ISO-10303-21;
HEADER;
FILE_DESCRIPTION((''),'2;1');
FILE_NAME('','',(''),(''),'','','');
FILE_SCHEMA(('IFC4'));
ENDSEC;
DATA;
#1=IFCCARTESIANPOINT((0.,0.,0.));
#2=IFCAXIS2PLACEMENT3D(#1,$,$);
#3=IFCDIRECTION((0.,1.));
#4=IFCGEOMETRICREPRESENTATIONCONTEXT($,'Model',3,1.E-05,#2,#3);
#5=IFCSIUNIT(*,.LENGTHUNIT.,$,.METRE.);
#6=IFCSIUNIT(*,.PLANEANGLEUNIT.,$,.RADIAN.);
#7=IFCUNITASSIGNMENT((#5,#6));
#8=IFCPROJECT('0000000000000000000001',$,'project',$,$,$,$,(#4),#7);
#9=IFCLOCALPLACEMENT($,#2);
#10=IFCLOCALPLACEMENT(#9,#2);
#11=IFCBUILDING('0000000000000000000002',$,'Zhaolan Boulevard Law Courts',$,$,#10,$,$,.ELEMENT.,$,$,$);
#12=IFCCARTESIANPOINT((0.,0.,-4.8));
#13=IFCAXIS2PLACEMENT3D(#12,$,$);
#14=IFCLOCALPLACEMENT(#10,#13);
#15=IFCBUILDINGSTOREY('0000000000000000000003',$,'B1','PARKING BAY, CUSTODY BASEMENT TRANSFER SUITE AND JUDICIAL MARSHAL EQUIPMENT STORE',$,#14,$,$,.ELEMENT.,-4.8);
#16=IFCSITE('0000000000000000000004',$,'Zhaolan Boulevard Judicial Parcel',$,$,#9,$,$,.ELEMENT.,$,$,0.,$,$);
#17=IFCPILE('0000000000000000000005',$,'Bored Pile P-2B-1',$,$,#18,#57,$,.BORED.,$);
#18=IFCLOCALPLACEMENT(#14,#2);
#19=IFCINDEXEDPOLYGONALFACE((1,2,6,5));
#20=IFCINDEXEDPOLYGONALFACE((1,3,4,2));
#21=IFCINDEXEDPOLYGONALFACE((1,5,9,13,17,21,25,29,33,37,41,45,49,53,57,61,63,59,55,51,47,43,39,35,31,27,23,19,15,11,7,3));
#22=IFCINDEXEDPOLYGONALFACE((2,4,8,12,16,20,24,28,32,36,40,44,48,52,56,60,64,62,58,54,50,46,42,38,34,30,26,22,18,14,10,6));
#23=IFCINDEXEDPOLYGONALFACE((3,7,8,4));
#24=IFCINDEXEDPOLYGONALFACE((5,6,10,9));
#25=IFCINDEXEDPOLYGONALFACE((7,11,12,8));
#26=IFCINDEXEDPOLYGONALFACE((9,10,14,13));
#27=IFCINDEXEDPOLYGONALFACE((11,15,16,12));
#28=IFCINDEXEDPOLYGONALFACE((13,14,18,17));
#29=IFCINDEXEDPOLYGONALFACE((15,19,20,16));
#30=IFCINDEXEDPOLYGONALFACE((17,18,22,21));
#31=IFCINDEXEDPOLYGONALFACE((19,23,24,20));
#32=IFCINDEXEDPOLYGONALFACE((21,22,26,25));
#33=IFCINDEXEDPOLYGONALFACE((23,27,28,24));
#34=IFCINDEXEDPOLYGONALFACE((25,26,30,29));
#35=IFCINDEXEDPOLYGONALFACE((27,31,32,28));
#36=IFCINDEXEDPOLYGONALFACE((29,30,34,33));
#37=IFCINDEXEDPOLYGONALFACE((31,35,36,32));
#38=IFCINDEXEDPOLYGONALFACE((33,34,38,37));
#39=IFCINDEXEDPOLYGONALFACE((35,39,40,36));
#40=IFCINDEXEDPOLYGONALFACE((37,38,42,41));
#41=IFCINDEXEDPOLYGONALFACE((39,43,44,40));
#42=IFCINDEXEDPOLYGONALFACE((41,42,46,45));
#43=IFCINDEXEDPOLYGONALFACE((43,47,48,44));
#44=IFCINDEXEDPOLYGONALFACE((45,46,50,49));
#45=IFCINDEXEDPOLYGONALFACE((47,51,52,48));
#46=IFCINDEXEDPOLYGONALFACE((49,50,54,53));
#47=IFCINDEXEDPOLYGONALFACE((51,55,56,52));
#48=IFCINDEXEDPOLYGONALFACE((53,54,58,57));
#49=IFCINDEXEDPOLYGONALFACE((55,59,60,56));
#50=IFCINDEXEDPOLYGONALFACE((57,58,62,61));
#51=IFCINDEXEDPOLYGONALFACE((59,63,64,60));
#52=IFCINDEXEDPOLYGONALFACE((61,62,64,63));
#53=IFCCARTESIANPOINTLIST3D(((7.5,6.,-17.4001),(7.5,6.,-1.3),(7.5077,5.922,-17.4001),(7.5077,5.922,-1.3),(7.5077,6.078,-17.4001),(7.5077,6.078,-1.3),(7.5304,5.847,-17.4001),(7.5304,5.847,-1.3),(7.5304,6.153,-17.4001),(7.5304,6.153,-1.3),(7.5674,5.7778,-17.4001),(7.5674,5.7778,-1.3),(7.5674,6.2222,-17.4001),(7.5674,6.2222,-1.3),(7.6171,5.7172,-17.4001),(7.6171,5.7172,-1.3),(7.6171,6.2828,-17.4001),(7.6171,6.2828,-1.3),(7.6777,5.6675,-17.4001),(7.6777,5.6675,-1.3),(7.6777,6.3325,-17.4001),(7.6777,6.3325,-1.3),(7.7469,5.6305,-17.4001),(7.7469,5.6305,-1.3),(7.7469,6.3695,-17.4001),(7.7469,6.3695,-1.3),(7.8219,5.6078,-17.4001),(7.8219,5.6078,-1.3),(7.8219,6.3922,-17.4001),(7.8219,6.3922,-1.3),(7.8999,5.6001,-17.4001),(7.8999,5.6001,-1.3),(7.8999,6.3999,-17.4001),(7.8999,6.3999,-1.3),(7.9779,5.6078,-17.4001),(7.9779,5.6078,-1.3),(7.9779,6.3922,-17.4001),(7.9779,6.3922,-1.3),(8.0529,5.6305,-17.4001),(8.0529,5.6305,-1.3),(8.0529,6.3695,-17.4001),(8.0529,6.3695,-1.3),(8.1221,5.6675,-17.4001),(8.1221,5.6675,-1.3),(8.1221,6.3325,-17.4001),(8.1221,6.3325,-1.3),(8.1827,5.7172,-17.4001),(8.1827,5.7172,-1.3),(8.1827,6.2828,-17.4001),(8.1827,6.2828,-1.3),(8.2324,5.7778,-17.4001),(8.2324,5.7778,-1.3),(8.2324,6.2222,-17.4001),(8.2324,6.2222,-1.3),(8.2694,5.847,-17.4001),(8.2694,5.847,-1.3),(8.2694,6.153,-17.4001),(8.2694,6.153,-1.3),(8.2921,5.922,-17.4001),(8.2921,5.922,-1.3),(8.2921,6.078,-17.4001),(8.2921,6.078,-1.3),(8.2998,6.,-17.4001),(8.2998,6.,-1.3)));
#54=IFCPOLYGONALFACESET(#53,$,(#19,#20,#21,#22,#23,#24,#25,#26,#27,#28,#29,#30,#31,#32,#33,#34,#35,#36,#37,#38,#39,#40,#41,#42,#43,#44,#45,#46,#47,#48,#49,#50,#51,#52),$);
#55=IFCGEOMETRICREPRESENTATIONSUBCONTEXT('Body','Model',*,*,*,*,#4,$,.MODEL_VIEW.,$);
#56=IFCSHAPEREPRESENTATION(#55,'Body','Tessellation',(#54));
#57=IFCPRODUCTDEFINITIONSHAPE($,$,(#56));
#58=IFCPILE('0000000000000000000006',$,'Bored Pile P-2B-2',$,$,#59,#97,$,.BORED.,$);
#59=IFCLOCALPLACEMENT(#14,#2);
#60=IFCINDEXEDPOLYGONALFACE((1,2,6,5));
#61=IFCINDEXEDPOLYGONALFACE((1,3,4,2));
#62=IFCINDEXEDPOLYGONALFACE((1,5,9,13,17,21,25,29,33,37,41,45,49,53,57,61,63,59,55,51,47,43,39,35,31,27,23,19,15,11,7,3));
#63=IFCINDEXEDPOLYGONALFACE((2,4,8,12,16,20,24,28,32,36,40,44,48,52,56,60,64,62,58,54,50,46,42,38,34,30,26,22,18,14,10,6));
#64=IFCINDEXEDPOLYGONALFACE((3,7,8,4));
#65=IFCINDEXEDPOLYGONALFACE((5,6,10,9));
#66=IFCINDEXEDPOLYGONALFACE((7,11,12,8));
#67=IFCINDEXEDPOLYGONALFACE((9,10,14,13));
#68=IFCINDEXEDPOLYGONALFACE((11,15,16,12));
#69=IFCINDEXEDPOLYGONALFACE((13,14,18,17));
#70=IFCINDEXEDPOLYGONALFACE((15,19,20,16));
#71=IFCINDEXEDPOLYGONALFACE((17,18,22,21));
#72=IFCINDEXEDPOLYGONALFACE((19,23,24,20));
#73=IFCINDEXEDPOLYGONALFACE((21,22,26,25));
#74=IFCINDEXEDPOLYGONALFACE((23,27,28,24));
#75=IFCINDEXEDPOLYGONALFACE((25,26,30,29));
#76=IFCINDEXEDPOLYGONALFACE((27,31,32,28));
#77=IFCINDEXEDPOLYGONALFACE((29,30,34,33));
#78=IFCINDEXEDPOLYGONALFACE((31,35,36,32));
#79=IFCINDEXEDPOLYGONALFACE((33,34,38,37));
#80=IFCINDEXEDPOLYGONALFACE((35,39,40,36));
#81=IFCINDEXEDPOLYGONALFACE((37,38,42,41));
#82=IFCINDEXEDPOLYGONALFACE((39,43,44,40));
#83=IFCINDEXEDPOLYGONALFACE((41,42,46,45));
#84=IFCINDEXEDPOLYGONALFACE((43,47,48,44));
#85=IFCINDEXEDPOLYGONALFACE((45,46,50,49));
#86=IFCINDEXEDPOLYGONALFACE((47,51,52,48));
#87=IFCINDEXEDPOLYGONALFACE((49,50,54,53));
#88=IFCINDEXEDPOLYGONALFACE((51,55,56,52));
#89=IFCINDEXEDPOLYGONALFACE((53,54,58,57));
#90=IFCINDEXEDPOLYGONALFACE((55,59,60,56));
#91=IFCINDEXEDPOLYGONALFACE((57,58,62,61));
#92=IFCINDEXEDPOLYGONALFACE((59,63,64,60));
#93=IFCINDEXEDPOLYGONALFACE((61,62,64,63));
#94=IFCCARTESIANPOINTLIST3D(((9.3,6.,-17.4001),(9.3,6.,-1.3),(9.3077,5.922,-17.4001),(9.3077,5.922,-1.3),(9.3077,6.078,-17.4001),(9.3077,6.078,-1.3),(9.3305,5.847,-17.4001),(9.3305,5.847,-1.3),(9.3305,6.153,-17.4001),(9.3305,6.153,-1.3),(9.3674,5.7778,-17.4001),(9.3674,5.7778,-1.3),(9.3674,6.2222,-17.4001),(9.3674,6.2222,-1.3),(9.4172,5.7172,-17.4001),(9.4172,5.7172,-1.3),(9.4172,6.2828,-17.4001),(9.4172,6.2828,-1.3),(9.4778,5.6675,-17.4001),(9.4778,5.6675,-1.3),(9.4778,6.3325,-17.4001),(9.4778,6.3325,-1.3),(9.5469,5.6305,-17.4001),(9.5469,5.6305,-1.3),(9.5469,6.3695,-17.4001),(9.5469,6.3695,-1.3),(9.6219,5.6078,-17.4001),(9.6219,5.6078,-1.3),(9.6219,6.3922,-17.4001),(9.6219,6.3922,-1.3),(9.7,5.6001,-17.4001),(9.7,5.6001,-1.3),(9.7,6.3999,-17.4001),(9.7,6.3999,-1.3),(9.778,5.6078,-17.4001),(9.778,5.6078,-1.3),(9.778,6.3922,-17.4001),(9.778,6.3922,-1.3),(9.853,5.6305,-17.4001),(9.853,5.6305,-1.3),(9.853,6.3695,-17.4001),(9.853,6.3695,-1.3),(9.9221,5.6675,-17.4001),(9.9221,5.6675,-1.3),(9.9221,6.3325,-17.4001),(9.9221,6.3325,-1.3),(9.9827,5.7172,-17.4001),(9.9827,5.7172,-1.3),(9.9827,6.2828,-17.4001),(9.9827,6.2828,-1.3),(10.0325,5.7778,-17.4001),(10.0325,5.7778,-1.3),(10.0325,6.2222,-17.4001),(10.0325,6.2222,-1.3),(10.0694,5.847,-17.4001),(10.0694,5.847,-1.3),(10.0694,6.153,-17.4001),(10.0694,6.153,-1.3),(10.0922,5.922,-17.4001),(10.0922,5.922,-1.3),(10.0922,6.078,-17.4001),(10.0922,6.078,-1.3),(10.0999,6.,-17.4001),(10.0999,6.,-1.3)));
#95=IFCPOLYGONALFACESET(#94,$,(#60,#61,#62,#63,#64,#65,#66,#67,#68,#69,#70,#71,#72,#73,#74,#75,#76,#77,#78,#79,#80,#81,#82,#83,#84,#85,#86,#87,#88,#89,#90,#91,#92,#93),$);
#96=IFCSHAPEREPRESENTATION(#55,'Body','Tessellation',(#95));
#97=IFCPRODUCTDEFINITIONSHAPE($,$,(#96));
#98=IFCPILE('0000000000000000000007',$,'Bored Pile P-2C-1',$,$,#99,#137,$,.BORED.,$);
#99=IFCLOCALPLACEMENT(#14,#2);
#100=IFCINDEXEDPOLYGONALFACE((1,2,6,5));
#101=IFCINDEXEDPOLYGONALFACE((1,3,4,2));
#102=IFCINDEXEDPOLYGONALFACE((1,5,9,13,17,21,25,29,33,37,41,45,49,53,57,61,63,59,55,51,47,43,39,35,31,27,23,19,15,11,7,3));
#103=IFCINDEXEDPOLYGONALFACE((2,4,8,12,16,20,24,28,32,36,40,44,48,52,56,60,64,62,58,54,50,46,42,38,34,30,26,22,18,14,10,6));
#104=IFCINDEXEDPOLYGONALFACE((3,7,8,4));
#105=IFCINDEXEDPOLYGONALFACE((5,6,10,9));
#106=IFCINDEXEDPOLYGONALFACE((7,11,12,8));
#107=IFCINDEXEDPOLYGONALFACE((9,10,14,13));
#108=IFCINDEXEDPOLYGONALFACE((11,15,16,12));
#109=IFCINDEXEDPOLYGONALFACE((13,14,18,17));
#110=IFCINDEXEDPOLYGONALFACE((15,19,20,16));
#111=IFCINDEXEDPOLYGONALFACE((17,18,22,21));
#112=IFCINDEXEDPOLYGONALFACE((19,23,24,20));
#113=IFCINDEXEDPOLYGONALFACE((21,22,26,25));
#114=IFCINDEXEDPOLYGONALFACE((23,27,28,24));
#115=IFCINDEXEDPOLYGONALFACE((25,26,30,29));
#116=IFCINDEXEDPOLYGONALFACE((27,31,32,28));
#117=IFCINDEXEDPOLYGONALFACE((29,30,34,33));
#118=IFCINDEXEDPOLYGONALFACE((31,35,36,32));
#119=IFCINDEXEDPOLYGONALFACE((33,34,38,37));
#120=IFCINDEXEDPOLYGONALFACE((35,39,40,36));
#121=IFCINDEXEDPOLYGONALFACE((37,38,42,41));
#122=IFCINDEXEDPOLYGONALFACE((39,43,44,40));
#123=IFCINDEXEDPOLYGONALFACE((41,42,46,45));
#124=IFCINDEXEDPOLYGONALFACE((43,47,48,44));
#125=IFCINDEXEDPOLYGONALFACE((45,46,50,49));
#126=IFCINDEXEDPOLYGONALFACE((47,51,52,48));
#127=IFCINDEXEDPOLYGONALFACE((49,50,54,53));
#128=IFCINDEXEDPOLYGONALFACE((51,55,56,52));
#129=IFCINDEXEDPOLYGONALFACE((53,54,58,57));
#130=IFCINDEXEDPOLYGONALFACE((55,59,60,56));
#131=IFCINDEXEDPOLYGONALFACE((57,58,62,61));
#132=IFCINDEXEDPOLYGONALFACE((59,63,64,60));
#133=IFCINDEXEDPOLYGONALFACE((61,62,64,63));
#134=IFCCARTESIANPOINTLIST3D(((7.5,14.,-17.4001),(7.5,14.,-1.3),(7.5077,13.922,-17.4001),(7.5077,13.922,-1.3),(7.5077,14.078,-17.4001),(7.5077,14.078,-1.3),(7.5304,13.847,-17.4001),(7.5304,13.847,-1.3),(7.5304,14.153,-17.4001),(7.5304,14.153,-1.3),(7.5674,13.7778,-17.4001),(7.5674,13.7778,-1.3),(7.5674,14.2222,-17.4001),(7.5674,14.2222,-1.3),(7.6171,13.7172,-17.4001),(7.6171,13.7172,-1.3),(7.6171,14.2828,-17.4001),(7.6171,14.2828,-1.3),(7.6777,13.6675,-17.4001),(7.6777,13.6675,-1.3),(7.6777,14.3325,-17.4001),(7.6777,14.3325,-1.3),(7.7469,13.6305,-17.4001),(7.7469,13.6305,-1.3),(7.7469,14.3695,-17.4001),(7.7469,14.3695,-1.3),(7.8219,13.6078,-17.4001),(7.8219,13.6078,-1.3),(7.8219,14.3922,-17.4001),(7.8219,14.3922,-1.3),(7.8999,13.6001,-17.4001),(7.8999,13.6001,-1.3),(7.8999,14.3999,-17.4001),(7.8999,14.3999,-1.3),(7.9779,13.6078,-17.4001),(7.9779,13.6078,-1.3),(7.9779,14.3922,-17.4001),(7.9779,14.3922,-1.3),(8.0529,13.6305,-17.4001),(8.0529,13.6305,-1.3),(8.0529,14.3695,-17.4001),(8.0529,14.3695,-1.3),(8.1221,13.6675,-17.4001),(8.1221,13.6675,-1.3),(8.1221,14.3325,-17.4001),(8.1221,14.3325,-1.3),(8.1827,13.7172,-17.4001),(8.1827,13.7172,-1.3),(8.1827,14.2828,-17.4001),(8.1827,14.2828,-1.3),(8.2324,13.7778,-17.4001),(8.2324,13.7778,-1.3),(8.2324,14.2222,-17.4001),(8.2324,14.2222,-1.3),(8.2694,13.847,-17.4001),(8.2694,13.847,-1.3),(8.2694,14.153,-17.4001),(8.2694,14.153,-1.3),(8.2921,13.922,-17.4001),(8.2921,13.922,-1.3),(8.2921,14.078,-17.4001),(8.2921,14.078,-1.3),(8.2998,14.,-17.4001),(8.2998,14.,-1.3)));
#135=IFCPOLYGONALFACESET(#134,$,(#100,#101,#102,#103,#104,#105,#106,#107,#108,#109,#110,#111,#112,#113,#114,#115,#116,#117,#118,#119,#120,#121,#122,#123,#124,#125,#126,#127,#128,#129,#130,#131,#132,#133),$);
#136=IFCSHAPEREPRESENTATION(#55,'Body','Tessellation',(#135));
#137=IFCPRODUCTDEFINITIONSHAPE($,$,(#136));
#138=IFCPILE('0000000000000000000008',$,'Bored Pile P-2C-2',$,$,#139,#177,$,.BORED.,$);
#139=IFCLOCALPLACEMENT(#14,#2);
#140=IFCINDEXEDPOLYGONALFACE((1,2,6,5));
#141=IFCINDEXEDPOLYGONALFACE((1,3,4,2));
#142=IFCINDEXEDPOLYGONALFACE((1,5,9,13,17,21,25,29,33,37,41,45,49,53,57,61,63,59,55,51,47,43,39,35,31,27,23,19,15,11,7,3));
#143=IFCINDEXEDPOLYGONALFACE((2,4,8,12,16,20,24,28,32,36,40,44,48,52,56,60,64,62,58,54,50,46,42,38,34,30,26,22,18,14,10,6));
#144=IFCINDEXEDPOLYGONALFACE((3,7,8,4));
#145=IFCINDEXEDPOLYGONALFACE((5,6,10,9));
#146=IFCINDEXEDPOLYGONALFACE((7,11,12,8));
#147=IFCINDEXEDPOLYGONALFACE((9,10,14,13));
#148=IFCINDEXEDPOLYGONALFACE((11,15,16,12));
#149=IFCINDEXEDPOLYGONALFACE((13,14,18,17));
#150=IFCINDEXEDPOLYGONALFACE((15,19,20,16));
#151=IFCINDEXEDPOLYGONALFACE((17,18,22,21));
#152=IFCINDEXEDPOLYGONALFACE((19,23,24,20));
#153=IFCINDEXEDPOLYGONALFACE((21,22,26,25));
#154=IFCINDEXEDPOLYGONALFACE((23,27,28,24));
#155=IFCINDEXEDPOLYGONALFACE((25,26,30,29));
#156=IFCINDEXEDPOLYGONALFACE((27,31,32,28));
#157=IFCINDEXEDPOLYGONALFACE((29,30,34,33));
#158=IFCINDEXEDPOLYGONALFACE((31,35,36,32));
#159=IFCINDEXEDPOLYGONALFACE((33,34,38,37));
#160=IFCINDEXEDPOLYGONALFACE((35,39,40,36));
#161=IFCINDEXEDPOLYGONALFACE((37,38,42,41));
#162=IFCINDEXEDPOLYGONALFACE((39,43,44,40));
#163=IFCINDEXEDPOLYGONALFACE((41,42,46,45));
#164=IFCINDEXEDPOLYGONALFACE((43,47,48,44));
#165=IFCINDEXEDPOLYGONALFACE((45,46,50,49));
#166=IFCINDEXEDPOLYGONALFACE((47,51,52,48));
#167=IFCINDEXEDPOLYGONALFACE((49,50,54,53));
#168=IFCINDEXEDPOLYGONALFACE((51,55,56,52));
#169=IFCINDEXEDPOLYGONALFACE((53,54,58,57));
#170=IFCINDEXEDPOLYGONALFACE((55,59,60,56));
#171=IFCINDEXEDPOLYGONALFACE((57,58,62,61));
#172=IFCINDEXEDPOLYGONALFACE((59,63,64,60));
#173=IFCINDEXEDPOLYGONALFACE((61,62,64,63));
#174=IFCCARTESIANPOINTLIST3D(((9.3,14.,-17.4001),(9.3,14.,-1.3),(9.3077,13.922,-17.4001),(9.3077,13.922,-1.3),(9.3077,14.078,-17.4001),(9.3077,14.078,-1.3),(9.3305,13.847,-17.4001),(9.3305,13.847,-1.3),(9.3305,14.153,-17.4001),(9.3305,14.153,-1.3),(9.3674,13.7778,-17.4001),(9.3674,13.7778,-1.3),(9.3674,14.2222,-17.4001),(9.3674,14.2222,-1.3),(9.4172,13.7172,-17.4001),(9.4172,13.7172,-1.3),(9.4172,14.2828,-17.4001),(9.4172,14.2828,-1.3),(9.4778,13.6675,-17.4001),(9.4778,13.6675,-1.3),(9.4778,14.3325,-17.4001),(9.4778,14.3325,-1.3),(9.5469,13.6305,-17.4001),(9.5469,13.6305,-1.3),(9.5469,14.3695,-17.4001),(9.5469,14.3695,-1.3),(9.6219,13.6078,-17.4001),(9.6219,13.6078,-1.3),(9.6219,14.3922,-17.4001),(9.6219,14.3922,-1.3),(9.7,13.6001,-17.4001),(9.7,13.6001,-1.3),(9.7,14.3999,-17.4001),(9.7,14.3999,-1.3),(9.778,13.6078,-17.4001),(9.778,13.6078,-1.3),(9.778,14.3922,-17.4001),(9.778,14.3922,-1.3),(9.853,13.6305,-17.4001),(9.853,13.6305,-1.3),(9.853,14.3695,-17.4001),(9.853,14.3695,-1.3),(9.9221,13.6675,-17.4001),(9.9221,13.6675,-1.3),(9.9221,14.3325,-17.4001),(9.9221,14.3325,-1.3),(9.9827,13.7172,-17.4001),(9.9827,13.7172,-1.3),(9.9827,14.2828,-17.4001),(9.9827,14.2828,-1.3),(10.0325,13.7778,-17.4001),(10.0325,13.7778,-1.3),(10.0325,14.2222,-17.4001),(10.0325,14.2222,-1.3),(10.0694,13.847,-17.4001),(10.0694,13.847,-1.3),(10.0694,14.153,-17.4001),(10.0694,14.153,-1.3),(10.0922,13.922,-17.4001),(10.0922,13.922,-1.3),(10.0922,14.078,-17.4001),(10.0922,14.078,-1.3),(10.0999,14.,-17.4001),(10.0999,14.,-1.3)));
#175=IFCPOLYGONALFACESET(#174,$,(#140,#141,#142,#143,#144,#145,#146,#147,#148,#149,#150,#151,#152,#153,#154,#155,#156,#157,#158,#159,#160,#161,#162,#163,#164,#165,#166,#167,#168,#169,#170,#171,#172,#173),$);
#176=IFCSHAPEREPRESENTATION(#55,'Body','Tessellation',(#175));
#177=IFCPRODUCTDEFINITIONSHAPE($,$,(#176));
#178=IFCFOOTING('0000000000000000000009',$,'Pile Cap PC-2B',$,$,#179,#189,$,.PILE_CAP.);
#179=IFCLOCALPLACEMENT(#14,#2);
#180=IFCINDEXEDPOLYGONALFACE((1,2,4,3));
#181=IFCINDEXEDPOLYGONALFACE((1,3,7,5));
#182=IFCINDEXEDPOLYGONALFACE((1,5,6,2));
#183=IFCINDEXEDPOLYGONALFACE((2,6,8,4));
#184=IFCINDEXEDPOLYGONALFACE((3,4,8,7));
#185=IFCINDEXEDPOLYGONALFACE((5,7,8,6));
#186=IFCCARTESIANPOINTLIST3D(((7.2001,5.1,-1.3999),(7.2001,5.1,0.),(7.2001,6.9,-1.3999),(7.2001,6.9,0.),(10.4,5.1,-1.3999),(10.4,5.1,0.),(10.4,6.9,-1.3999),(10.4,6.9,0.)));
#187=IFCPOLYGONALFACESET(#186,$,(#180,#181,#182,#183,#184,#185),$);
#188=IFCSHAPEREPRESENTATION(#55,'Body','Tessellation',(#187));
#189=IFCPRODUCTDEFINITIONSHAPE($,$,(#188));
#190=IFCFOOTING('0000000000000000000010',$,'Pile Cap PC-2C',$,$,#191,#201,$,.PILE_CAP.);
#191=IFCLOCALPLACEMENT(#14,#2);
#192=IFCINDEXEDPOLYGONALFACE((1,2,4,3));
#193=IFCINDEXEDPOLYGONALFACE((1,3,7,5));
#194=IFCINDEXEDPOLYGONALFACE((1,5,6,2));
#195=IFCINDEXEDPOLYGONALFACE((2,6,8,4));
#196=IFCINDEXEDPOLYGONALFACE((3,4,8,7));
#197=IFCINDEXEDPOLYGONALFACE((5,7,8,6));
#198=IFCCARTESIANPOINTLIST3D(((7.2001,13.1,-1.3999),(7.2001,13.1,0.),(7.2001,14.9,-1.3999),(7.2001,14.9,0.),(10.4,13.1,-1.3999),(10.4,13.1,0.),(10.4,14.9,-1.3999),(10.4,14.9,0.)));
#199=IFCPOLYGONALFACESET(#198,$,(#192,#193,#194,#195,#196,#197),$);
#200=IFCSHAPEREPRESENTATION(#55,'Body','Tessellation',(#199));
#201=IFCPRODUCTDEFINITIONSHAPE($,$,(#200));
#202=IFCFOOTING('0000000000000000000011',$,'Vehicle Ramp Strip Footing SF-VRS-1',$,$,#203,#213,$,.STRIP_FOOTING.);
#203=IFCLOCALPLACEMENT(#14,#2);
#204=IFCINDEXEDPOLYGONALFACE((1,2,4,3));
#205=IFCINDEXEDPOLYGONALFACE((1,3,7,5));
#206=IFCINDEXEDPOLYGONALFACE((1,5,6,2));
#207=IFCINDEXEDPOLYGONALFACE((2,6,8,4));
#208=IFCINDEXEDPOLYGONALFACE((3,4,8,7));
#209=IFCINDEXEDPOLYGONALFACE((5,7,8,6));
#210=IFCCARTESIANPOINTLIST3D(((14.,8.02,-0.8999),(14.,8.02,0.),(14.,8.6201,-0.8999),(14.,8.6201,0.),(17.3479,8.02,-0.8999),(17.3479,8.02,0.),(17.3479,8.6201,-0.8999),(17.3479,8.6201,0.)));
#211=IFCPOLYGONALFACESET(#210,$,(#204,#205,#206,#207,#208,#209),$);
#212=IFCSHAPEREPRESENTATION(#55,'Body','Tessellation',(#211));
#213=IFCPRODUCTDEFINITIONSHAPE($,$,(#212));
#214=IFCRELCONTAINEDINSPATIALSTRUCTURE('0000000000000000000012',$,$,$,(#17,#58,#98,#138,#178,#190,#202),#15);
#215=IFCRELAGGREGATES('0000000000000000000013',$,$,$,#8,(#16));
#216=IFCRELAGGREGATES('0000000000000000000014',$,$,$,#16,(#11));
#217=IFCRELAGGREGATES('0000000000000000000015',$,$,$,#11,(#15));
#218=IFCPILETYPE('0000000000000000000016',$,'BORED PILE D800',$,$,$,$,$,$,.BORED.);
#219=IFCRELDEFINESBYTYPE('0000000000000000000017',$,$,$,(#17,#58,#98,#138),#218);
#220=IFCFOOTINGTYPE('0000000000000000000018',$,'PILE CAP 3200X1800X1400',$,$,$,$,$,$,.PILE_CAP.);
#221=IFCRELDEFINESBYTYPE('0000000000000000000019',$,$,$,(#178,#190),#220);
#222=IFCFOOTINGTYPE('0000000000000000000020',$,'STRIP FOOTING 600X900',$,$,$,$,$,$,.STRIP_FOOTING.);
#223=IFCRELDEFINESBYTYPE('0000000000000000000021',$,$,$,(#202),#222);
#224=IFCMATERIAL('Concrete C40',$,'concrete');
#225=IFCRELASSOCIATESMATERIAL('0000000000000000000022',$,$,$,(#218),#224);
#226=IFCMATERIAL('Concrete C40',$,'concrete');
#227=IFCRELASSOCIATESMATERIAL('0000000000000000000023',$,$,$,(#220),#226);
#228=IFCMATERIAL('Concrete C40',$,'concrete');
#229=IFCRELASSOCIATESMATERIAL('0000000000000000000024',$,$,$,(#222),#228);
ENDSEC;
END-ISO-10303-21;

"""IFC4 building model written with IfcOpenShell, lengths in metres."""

from ifc_helpers import new_model, si_unit, direction, frame, origin, origin_2d, place, context, subcontext, project, spatial, rectangle, circle, extrude, material, material_profile, profile_set, type_object, element, save


model = new_model("IFC4")

# Units and contexts
model_context = context("Model", 3, precision=1e-05, world=origin(), true_north=direction((0.0, 1.0)))
body_context = subcontext(model_context, "Body", "Model", "MODEL_VIEW")
ifc_project = project(units=[si_unit("LENGTHUNIT", "METRE"), si_unit("PLANEANGLEUNIT", "RADIAN")], contexts=[model_context])

# Site, building, storey
site_placement = place(None, origin())
site = spatial("IfcSite", under=ifc_project, at=site_placement, Name="Zhaolan Boulevard Judicial Parcel", CompositionType="ELEMENT", RefElevation=0.0)
building_placement = place(site_placement, origin())
building = spatial("IfcBuilding", under=site, at=building_placement, Name="Zhaolan Boulevard Law Courts", CompositionType="ELEMENT")
storey_placement = place(building_placement, frame((0.0, 0.0, -4.8)))
storey = spatial("IfcBuildingStorey", under=building, at=storey_placement, Name="B1", Description="PARKING BAY, CUSTODY BASEMENT TRANSFER SUITE AND JUDICIAL MARSHAL EQUIPMENT STORE", CompositionType="ELEMENT", Elevation=-4.8)

# Piles
ifc_material_1 = material(Name="Concrete C40", Category="concrete")
ifc_material_profile_1 = material_profile(ifc_material_1, circle(Radius=0.3999, at=origin_2d()), Name="PILE-D800")
ifc_profile_set_1 = profile_set([ifc_material_profile_1], Name="Concrete C40")
pile_type = type_object("IfcPileType", Name="BORED PILE D800", PredefinedType="BORED", material=ifc_profile_set_1)
for number, where, z_axis, x_axis, name in (
    (1, (7.8999, 6.0, -1.3), (0.0, 0.0, -1.0), (1.0, 0.0, 0.0), "Bored Pile P-2B-1"),
    (2, (9.7, 6.0, -1.3), (0.0, 0.0, -1.0), (1.0, 0.0, 0.0), "Bored Pile P-2B-2"),
    (3, (7.8999, 14.0, -1.3), (0.0, 0.0, -1.0), (1.0, 0.0, 0.0), "Bored Pile P-2C-1"),
    (4, (9.7, 14.0, -1.3), (0.0, 0.0, -1.0), (1.0, 0.0, 0.0), "Bored Pile P-2C-2"),
):
    element("IfcPile", number, at=place(storey_placement, frame(where, z_axis=z_axis, x_axis=x_axis)), inside=storey, type_object=pile_type, Name=name, PredefinedType="BORED", context=body_context, shape_type="SweptSolid", body=[
        extrude(circle(Radius=0.3999, at=origin_2d()), origin(), (0.0, 0.0, 1.0), 16.1001),
    ])

# Footings
ifc_material_2 = material(Name="Concrete C40", Category="concrete")
footing_type_1 = type_object("IfcFootingType", Name="PILE CAP 3200X1800X1400", PredefinedType="PILE_CAP", material=ifc_material_2)
for number, where, z_axis, x_axis, name in (
    (5, (8.8, 6.0, -1.3999), (0.0, 0.0, 1.0), (1.0, 0.0, 0.0), "Pile Cap PC-2B"),
    (6, (8.8, 14.0, -1.3999), (0.0, 0.0, 1.0), (1.0, 0.0, 0.0), "Pile Cap PC-2C"),
):
    element("IfcFooting", number, at=place(storey_placement, frame(where, z_axis=z_axis, x_axis=x_axis)), inside=storey, type_object=footing_type_1, Name=name, PredefinedType="PILE_CAP", context=body_context, shape_type="SweptSolid", body=[
        extrude(rectangle(XDim=3.2, YDim=1.8, at=origin_2d()), origin(), (0.0, 0.0, 1.0), 1.3999),
    ])
ifc_material_3 = material(Name="Concrete C40", Category="concrete")
ifc_material_profile_2 = material_profile(ifc_material_3, rectangle(XDim=0.6001, YDim=0.8999, at=origin_2d()), Name="RC600x900")
ifc_profile_set_2 = profile_set([ifc_material_profile_2], Name="Concrete C40")
footing_type_2 = type_object("IfcFootingType", Name="STRIP FOOTING 600X900", PredefinedType="STRIP_FOOTING", material=ifc_profile_set_2)
footing_1_placement = place(storey_placement, frame((14.0, 8.3201, -0.45), z_axis=(1.0, 0.0, 0.0), x_axis=(0.0, 1.0, 0.0)))
element("IfcFooting", 7, at=footing_1_placement, inside=storey, type_object=footing_type_2, Name="Vehicle Ramp Strip Footing SF-VRS-1", PredefinedType="STRIP_FOOTING", context=body_context, shape_type="SweptSolid", body=[
    extrude(rectangle(XDim=0.6001, YDim=0.8999, at=origin_2d()), origin(), (0.0, 0.0, 1.0), 3.3479),
])

save(model, "model.ifc")
